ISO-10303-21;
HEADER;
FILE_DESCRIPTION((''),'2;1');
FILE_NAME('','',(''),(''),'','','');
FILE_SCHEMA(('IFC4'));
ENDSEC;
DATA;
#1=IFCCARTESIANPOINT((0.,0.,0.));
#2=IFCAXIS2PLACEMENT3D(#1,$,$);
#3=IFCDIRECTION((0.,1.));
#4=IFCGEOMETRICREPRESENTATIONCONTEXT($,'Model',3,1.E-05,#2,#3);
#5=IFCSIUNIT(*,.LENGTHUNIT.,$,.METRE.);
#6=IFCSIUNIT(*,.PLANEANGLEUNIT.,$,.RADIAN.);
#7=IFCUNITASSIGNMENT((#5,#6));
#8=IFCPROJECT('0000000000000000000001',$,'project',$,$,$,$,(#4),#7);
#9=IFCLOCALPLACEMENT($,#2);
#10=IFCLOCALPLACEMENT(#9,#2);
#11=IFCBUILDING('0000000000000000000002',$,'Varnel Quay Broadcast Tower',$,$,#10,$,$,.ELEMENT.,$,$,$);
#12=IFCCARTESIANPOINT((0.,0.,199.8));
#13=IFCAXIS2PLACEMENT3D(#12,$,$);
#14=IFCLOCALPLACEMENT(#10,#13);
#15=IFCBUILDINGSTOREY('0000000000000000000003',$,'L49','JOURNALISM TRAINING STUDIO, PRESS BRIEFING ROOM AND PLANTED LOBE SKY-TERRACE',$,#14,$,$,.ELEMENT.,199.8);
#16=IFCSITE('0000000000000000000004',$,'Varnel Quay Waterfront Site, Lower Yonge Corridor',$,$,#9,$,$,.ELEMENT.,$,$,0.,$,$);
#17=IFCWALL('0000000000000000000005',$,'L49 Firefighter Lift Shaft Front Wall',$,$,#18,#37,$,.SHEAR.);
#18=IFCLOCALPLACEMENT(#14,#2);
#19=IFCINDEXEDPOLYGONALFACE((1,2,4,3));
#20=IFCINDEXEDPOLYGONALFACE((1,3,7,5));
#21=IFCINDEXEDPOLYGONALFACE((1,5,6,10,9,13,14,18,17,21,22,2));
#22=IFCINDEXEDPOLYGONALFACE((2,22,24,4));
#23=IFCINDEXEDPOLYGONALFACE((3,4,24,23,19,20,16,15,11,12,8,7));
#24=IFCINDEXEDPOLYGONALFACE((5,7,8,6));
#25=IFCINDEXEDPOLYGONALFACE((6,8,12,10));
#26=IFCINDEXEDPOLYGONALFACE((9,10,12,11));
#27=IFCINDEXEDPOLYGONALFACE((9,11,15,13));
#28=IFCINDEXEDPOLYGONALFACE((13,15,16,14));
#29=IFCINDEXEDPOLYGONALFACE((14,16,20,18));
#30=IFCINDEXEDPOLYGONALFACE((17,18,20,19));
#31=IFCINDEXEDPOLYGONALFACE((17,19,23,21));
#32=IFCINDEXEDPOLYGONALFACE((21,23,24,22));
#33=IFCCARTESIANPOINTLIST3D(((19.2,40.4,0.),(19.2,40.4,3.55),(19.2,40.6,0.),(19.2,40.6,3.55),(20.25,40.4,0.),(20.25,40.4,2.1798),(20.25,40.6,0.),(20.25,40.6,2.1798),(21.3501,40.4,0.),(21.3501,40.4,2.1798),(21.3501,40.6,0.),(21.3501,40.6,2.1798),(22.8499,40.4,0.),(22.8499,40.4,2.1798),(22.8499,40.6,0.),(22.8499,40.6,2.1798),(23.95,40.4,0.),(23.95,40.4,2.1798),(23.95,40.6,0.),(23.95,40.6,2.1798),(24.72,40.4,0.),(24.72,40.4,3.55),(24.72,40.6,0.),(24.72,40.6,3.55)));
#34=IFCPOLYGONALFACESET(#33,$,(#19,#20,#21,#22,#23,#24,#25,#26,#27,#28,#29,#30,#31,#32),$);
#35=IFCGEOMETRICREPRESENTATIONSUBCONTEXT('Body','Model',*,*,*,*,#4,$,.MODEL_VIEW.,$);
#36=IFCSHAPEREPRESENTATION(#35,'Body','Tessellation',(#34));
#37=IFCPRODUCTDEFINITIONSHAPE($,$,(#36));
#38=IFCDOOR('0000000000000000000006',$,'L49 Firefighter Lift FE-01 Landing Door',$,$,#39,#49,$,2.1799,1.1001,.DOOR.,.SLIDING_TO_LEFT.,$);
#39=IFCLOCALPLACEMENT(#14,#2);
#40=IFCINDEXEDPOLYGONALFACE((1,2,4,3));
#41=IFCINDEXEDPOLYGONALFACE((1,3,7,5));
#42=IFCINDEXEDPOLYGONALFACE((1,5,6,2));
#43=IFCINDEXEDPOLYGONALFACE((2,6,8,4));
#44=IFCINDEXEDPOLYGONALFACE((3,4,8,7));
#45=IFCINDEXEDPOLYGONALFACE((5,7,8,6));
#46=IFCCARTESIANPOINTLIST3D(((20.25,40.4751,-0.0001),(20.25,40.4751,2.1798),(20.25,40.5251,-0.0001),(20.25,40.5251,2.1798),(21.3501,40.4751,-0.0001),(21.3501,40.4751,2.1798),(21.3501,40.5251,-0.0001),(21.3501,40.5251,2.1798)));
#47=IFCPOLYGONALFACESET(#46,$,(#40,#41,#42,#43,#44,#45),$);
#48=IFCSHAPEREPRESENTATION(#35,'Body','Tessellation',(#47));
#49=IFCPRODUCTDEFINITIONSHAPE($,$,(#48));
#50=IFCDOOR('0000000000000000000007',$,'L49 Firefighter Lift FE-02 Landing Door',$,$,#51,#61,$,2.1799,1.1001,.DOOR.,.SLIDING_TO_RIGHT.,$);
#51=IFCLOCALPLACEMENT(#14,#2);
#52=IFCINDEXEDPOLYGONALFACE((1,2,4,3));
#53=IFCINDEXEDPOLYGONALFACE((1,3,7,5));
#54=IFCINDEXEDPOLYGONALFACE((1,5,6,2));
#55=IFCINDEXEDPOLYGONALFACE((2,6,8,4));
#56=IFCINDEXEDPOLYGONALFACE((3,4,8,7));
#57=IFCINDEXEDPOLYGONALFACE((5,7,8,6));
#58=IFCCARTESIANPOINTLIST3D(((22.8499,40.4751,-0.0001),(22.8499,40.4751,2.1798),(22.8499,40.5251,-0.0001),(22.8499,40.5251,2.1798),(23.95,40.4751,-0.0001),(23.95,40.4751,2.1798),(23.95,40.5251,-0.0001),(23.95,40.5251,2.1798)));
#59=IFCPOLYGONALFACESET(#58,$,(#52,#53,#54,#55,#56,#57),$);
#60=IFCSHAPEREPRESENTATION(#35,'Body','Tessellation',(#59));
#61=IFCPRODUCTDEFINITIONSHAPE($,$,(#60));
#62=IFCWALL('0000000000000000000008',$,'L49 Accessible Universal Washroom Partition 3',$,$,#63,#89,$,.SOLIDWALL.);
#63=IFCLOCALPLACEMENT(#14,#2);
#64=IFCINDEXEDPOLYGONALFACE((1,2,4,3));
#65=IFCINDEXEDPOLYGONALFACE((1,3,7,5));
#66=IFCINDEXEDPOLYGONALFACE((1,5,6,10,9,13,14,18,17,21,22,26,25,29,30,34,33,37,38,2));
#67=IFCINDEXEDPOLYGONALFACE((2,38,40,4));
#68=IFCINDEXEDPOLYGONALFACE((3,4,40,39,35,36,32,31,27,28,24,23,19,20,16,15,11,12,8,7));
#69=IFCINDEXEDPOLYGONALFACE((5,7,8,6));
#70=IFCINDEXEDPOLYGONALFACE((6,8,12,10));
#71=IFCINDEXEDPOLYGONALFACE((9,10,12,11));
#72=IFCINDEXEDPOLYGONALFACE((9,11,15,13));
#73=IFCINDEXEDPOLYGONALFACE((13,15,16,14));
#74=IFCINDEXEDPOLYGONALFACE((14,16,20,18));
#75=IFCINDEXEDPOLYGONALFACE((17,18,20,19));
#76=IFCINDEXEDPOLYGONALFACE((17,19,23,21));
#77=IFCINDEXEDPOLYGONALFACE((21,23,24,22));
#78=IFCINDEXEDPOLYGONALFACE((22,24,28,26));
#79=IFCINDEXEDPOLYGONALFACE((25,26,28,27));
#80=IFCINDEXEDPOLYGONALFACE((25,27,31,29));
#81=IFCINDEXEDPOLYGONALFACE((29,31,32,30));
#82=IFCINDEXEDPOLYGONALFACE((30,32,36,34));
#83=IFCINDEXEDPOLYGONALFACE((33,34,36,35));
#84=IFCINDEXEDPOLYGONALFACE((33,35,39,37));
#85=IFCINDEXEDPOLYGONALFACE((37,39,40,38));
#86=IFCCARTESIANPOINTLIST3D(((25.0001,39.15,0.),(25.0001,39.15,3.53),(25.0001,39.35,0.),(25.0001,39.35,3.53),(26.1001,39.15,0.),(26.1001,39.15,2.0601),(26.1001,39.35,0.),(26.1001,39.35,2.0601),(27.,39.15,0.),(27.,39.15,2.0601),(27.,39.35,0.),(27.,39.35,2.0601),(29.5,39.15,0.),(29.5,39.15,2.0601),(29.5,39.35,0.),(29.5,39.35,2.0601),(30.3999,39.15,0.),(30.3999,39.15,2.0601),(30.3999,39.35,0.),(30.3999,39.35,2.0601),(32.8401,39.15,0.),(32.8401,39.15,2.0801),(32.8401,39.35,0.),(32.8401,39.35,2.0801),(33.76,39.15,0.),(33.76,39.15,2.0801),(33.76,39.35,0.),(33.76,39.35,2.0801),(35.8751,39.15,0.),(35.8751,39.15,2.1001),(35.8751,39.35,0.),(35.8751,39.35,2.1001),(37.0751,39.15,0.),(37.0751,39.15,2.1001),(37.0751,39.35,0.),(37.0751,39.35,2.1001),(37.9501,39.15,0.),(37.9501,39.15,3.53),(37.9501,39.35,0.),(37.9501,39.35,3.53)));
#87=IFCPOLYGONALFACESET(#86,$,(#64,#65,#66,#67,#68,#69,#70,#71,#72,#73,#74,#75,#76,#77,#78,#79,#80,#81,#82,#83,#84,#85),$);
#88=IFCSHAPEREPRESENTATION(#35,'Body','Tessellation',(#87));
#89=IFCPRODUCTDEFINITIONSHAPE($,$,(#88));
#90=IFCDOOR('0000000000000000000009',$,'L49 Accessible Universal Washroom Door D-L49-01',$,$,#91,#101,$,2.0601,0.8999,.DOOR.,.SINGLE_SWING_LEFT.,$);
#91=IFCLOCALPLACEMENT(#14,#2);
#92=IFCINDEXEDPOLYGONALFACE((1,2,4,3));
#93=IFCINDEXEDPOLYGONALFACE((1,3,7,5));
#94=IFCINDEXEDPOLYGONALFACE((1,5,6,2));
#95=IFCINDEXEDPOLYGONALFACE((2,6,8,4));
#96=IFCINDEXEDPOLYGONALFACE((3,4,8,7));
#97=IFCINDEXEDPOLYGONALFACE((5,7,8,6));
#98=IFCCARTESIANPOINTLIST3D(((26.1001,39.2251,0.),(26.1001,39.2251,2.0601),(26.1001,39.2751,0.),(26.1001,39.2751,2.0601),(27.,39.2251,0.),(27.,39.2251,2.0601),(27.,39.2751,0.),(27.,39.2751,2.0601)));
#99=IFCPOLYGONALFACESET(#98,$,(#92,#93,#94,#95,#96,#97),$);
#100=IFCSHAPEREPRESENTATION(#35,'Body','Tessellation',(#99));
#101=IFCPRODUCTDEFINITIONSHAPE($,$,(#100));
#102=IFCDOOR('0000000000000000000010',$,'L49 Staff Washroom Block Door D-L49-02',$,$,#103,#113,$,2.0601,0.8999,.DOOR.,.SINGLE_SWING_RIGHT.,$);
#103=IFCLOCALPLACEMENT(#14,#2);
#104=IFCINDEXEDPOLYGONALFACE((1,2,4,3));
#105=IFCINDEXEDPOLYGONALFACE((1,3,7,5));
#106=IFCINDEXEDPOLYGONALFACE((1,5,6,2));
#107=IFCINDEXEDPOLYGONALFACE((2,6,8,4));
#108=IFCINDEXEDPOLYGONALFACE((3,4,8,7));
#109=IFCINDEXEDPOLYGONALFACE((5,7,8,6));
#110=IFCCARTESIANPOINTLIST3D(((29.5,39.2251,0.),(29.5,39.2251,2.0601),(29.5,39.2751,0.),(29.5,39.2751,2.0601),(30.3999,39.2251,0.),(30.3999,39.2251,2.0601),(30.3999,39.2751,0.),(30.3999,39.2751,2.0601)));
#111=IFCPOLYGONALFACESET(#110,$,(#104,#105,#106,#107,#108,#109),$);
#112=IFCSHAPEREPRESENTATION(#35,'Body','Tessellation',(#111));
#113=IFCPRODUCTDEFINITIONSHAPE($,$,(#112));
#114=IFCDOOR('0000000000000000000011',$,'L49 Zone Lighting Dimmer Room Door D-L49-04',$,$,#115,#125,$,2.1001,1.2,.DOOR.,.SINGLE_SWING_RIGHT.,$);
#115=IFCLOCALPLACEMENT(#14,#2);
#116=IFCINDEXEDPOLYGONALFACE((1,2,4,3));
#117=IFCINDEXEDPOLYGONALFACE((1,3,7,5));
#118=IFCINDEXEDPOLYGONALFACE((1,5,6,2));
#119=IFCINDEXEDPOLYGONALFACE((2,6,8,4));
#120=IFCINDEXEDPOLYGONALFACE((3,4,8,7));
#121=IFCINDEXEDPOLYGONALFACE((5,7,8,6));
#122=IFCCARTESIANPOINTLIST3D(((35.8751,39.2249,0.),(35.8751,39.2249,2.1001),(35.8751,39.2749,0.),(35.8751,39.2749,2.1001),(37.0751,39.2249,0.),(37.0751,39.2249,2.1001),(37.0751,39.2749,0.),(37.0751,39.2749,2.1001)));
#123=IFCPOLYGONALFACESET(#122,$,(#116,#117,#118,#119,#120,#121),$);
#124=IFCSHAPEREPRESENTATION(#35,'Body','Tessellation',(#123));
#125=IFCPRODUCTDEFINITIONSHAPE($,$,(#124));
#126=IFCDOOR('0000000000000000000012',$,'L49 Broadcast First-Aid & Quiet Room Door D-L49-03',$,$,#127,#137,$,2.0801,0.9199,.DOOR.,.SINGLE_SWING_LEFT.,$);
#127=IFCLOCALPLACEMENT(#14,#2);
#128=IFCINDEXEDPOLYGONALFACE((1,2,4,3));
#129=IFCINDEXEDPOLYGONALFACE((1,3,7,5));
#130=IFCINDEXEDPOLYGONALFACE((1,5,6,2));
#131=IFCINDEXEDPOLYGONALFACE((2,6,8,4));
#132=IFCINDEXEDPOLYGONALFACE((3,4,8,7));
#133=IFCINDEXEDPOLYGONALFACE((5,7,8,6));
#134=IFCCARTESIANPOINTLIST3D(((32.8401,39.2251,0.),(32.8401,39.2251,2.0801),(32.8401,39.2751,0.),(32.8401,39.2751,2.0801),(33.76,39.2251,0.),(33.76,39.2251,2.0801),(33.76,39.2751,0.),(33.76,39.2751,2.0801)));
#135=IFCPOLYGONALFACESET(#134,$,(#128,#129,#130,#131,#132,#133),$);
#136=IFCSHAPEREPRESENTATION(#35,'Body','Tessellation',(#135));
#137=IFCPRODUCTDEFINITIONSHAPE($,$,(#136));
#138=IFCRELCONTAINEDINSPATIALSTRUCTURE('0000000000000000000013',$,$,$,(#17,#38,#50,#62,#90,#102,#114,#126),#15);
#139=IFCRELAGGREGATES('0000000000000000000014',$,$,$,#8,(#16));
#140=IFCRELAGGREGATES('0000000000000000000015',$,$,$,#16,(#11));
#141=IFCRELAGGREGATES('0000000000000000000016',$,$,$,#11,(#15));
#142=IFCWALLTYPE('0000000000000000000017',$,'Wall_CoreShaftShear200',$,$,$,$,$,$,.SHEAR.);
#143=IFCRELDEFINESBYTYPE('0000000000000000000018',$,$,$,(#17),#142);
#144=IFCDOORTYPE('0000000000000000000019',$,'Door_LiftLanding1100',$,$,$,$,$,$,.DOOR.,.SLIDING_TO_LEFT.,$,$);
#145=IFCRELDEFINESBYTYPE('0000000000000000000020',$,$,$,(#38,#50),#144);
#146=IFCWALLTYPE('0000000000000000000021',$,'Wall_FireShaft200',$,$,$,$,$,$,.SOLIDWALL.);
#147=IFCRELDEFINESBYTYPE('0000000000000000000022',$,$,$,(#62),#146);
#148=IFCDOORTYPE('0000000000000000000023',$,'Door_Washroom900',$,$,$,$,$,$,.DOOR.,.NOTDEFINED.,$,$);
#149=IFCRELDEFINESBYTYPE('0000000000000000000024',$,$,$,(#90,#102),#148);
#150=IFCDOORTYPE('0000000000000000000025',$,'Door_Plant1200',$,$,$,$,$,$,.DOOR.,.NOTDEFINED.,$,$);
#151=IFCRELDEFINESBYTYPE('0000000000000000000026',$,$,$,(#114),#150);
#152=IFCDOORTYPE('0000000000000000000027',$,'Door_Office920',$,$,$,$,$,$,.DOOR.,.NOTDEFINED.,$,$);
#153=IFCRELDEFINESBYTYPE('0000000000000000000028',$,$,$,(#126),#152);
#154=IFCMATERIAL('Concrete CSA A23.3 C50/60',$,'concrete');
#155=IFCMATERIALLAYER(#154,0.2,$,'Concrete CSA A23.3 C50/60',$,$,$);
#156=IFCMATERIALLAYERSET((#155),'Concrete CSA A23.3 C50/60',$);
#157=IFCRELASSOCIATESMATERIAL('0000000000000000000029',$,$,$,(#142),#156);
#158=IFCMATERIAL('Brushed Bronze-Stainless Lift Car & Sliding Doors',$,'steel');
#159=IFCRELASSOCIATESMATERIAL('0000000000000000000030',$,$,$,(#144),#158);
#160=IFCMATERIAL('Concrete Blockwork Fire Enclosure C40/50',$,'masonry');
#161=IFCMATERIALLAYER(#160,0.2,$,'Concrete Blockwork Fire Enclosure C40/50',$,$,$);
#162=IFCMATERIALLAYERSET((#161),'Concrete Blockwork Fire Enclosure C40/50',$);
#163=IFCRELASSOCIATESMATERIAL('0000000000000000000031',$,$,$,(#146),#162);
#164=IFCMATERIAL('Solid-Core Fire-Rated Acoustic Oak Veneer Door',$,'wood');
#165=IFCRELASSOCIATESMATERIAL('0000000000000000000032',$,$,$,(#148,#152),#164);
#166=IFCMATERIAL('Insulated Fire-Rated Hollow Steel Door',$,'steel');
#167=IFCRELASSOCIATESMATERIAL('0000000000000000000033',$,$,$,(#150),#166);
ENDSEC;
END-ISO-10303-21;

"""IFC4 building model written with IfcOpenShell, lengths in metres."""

from ifc_helpers import new_model, si_unit, direction, frame, frame_2d, origin, place, context, subcontext, project, spatial, rectangle, extrude, source, transform, mapped, material, layer, layer_set, type_object, type_shapes, element, fill, save


model = new_model("IFC4")

# Units and contexts
model_context = context("Model", 3, precision=1e-05, world=origin(), true_north=direction((0.0, 1.0)))
body_context = subcontext(model_context, "Body", "Model", "MODEL_VIEW")
ifc_project = project(units=[si_unit("LENGTHUNIT", "METRE"), si_unit("PLANEANGLEUNIT", "RADIAN")], contexts=[model_context])

# Site, building, storey
site_placement = place(None, origin())
site = spatial("IfcSite", under=ifc_project, at=site_placement, Name="Varnel Quay Waterfront Site, Lower Yonge Corridor", CompositionType="ELEMENT", RefElevation=0.0)
building_placement = place(site_placement, origin())
building = spatial("IfcBuilding", under=site, at=building_placement, Name="Varnel Quay Broadcast Tower", CompositionType="ELEMENT")
storey_placement = place(building_placement, frame((0.0, 0.0, 199.8)))
storey = spatial("IfcBuildingStorey", under=building, at=storey_placement, Name="L49", Description="JOURNALISM TRAINING STUDIO, PRESS BRIEFING ROOM AND PLANTED LOBE SKY-TERRACE", CompositionType="ELEMENT", Elevation=199.8)

# Walls, openings, doors
ifc_material_1 = material(Name="Concrete CSA A23.3 C50/60", Category="concrete")
ifc_layer_1 = layer(ifc_material_1, 0.2, Name="Concrete CSA A23.3 C50/60")
ifc_layer_set_1 = layer_set([ifc_layer_1], Name="Concrete CSA A23.3 C50/60")
wall_type_1 = type_object("IfcWallType", Name="Wall_CoreShaftShear200", PredefinedType="SHEAR", material=ifc_layer_set_1)
wall_1_placement = place(storey_placement, frame((19.2, 40.5, 0.0), z_axis=(0.0, 0.0, 1.0), x_axis=(1.0, 0.0, 0.0)))
wall_1 = element("IfcWall", 1, at=wall_1_placement, inside=storey, type_object=wall_type_1, Name="L49 Firefighter Lift Shaft Front Wall", PredefinedType="SHEAR", context=body_context, shape_type="SweptSolid", body=[
    extrude(rectangle(XDim=5.52, YDim=0.2, at=frame_2d((2.76, 0.0))), origin(), (0.0, 0.0, 1.0), 3.55),
])
opening_1_placement = place(wall_1_placement, frame((1.05, 0.0, 0.0)))
opening_1 = element("IfcOpeningElement", 2, at=opening_1_placement, cuts=wall_1, PredefinedType="OPENING", context=body_context, shape_type="SweptSolid", body=[
    extrude(rectangle(XDim=1.1001, YDim=2.1799, at=frame_2d((0.55, 1.0898))), frame((0.0, 0.1099, 0.0), z_axis=(0.0, -1.0, 0.0), x_axis=(1.0, 0.0, 0.0)), (0.0, 0.0, 1.0), 0.22),
])
opening_2_placement = place(wall_1_placement, frame((3.6499, 0.0, 0.0)))
opening_2 = element("IfcOpeningElement", 3, at=opening_2_placement, cuts=wall_1, PredefinedType="OPENING", context=body_context, shape_type="SweptSolid", body=[
    extrude(rectangle(XDim=1.1001, YDim=2.1799, at=frame_2d((0.55, 1.0898))), frame((0.0, 0.1099, 0.0), z_axis=(0.0, -1.0, 0.0), x_axis=(1.0, 0.0, 0.0)), (0.0, 0.0, 1.0), 0.22),
])
ifc_material_2 = material(Name="Brushed Bronze-Stainless Lift Car & Sliding Doors", Category="steel")
door_type_1 = type_object("IfcDoorType", Name="Door_LiftLanding1100", OperationType="SLIDING_TO_LEFT", PredefinedType="DOOR", material=ifc_material_2)
shared_shape_1 = source(origin(), body_context, "Body", "SweptSolid", [
    extrude(rectangle(XDim=1.1001, YDim=2.1799, at=frame_2d((0.55, 1.0898))), frame((0.0, 0.0249, 0.0), z_axis=(0.0, -1.0, 0.0), x_axis=(1.0, 0.0, 0.0)), (0.0, 0.0, 1.0), 0.05),
])
type_shapes(door_type_1, [shared_shape_1])
door_1_placement = place(opening_1_placement, frame((1.1001, 0.0, 0.0), z_axis=(0.0, 0.0, 1.0), x_axis=(-1.0, 0.0, 0.0)))
door_1 = element("IfcDoor", 4, at=door_1_placement, inside=storey, type_object=door_type_1, Name="L49 Firefighter Lift FE-01 Landing Door", OperationType="SLIDING_TO_LEFT", OverallHeight=2.1799, OverallWidth=1.1001, PredefinedType="DOOR", context=body_context, shape_type="MappedRepresentation", body=[
    mapped(shared_shape_1, transform((0.0, 0.0, 0.0), x_axis=(1.0, 0.0, 0.0), y_axis=(0.0, 1.0, 0.0), z_axis=(0.0, 0.0, 1.0), scale=1.0)),
])
fill(opening_1, door_1)
door_2_placement = place(opening_2_placement, frame((1.1001, 0.0, 0.0), z_axis=(0.0, 0.0, 1.0), x_axis=(-1.0, 0.0, 0.0)))
door_2 = element("IfcDoor", 5, at=door_2_placement, inside=storey, type_object=door_type_1, Name="L49 Firefighter Lift FE-02 Landing Door", OperationType="SLIDING_TO_RIGHT", OverallHeight=2.1799, OverallWidth=1.1001, PredefinedType="DOOR", context=body_context, shape_type="MappedRepresentation", body=[
    mapped(shared_shape_1, transform((0.0, 0.0, 0.0), x_axis=(1.0, 0.0, 0.0), y_axis=(0.0, 1.0, 0.0), z_axis=(0.0, 0.0, 1.0), scale=1.0)),
])
fill(opening_2, door_2)
ifc_material_3 = material(Name="Concrete Blockwork Fire Enclosure C40/50", Category="masonry")
ifc_layer_2 = layer(ifc_material_3, 0.2, Name="Concrete Blockwork Fire Enclosure C40/50")
ifc_layer_set_2 = layer_set([ifc_layer_2], Name="Concrete Blockwork Fire Enclosure C40/50")
wall_type_2 = type_object("IfcWallType", Name="Wall_FireShaft200", PredefinedType="SOLIDWALL", material=ifc_layer_set_2)
wall_2_placement = place(storey_placement, frame((25.0, 39.25, 0.0), z_axis=(0.0, 0.0, 1.0), x_axis=(1.0, 0.0, 0.0)))
wall_2 = element("IfcWall", 6, at=wall_2_placement, inside=storey, type_object=wall_type_2, Name="L49 Accessible Universal Washroom Partition 3", PredefinedType="SOLIDWALL", context=body_context, shape_type="SweptSolid", body=[
    extrude(rectangle(XDim=12.95, YDim=0.2, at=frame_2d((6.4751, 0.0))), origin(), (0.0, 0.0, 1.0), 3.53),
])
opening_3_placement = place(wall_2_placement, frame((1.1001, 0.0, 0.0)))
opening_3 = element("IfcOpeningElement", 7, at=opening_3_placement, cuts=wall_2, PredefinedType="OPENING", context=body_context, shape_type="SweptSolid", body=[
    extrude(rectangle(XDim=0.8999, YDim=2.0601, at=frame_2d((0.45, 1.03))), frame((0.0, 0.1099, 0.0), z_axis=(0.0, -1.0, 0.0), x_axis=(1.0, 0.0, 0.0)), (0.0, 0.0, 1.0), 0.22),
])
opening_4_placement = place(wall_2_placement, frame((4.5, 0.0, 0.0)))
opening_4 = element("IfcOpeningElement", 8, at=opening_4_placement, cuts=wall_2, PredefinedType="OPENING", context=body_context, shape_type="SweptSolid", body=[
    extrude(rectangle(XDim=0.8999, YDim=2.0601, at=frame_2d((0.45, 1.03))), frame((0.0, 0.1099, 0.0), z_axis=(0.0, -1.0, 0.0), x_axis=(1.0, 0.0, 0.0)), (0.0, 0.0, 1.0), 0.22),
])
opening_5_placement = place(wall_2_placement, frame((7.8401, 0.0, 0.0)))
opening_5 = element("IfcOpeningElement", 9, at=opening_5_placement, cuts=wall_2, PredefinedType="OPENING", context=body_context, shape_type="SweptSolid", body=[
    extrude(rectangle(XDim=0.9199, YDim=2.0801, at=frame_2d((0.46, 1.04))), frame((0.0, 0.1099, 0.0), z_axis=(0.0, -1.0, 0.0), x_axis=(1.0, 0.0, 0.0)), (0.0, 0.0, 1.0), 0.22),
])
opening_6_placement = place(wall_2_placement, frame((10.875, 0.0, 0.0)))
opening_6 = element("IfcOpeningElement", 10, at=opening_6_placement, cuts=wall_2, PredefinedType="OPENING", context=body_context, shape_type="SweptSolid", body=[
    extrude(rectangle(XDim=1.2, YDim=2.1001, at=frame_2d((0.6001, 1.05))), frame((0.0, 0.1099, 0.0), z_axis=(0.0, -1.0, 0.0), x_axis=(1.0, 0.0, 0.0)), (0.0, 0.0, 1.0), 0.22),
])
ifc_material_4 = material(Name="Solid-Core Fire-Rated Acoustic Oak Veneer Door", Category="wood")
door_type_2 = type_object("IfcDoorType", Name="Door_Washroom900", OperationType="NOTDEFINED", PredefinedType="DOOR", material=ifc_material_4)
shared_shape_2 = source(origin(), body_context, "Body", "SweptSolid", [
    extrude(rectangle(XDim=0.8999, YDim=2.0601, at=frame_2d((0.45, 1.03))), frame((0.0, 0.0249, 0.0), z_axis=(0.0, -1.0, 0.0), x_axis=(1.0, 0.0, 0.0)), (0.0, 0.0, 1.0), 0.05),
])
type_shapes(door_type_2, [shared_shape_2])
door_3_placement = place(opening_3_placement, frame((0.8999, 0.0, 0.0), z_axis=(0.0, 0.0, 1.0), x_axis=(-1.0, 0.0, 0.0)))
door_3 = element("IfcDoor", 11, at=door_3_placement, inside=storey, type_object=door_type_2, Name="L49 Accessible Universal Washroom Door D-L49-01", OperationType="SINGLE_SWING_LEFT", OverallHeight=2.0601, OverallWidth=0.8999, PredefinedType="DOOR", context=body_context, shape_type="MappedRepresentation", body=[
    mapped(shared_shape_2, transform((0.0, 0.0, 0.0), x_axis=(1.0, 0.0, 0.0), y_axis=(0.0, 1.0, 0.0), z_axis=(0.0, 0.0, 1.0), scale=1.0)),
])
fill(opening_3, door_3)
door_4_placement = place(opening_4_placement, frame((0.8999, 0.0, 0.0), z_axis=(0.0, 0.0, 1.0), x_axis=(-1.0, 0.0, 0.0)))
door_4 = element("IfcDoor", 12, at=door_4_placement, inside=storey, type_object=door_type_2, Name="L49 Staff Washroom Block Door D-L49-02", OperationType="SINGLE_SWING_RIGHT", OverallHeight=2.0601, OverallWidth=0.8999, PredefinedType="DOOR", context=body_context, shape_type="MappedRepresentation", body=[
    mapped(shared_shape_2, transform((0.0, 0.0, 0.0), x_axis=(1.0, 0.0, 0.0), y_axis=(0.0, 1.0, 0.0), z_axis=(0.0, 0.0, 1.0), scale=1.0)),
])
fill(opening_4, door_4)
ifc_material_5 = material(Name="Insulated Fire-Rated Hollow Steel Door", Category="steel")
door_type_3 = type_object("IfcDoorType", Name="Door_Plant1200", OperationType="NOTDEFINED", PredefinedType="DOOR", material=ifc_material_5)
shared_shape_3 = source(origin(), body_context, "Body", "SweptSolid", [
    extrude(rectangle(XDim=1.2, YDim=2.1001, at=frame_2d((0.6001, 1.05))), frame((0.0, 0.0249, 0.0), z_axis=(0.0, -1.0, 0.0), x_axis=(1.0, 0.0, 0.0)), (0.0, 0.0, 1.0), 0.05),
])
type_shapes(door_type_3, [shared_shape_3])
door_5_placement = place(opening_6_placement, origin())
door_5 = element("IfcDoor", 13, at=door_5_placement, inside=storey, type_object=door_type_3, Name="L49 Zone Lighting Dimmer Room Door D-L49-04", OperationType="SINGLE_SWING_RIGHT", OverallHeight=2.1001, OverallWidth=1.2, PredefinedType="DOOR", context=body_context, shape_type="MappedRepresentation", body=[
    mapped(shared_shape_3, transform((0.0, 0.0, 0.0), x_axis=(1.0, 0.0, 0.0), y_axis=(0.0, 1.0, 0.0), z_axis=(0.0, 0.0, 1.0), scale=1.0)),
])
fill(opening_6, door_5)
door_type_4 = type_object("IfcDoorType", Name="Door_Office920", OperationType="NOTDEFINED", PredefinedType="DOOR", material=ifc_material_4)
shared_shape_4 = source(origin(), body_context, "Body", "SweptSolid", [
    extrude(rectangle(XDim=0.9199, YDim=2.0801, at=frame_2d((0.46, 1.04))), frame((0.0, 0.0249, 0.0), z_axis=(0.0, -1.0, 0.0), x_axis=(1.0, 0.0, 0.0)), (0.0, 0.0, 1.0), 0.05),
])
type_shapes(door_type_4, [shared_shape_4])
door_6_placement = place(opening_5_placement, frame((0.9199, 0.0, 0.0), z_axis=(0.0, 0.0, 1.0), x_axis=(-1.0, 0.0, 0.0)))
door_6 = element("IfcDoor", 14, at=door_6_placement, inside=storey, type_object=door_type_4, Name="L49 Broadcast First-Aid & Quiet Room Door D-L49-03", OperationType="SINGLE_SWING_LEFT", OverallHeight=2.0801, OverallWidth=0.9199, PredefinedType="DOOR", context=body_context, shape_type="MappedRepresentation", body=[
    mapped(shared_shape_4, transform((0.0, 0.0, 0.0), x_axis=(1.0, 0.0, 0.0), y_axis=(0.0, 1.0, 0.0), z_axis=(0.0, 0.0, 1.0), scale=1.0)),
])
fill(opening_5, door_6)

save(model, "model.ifc")
